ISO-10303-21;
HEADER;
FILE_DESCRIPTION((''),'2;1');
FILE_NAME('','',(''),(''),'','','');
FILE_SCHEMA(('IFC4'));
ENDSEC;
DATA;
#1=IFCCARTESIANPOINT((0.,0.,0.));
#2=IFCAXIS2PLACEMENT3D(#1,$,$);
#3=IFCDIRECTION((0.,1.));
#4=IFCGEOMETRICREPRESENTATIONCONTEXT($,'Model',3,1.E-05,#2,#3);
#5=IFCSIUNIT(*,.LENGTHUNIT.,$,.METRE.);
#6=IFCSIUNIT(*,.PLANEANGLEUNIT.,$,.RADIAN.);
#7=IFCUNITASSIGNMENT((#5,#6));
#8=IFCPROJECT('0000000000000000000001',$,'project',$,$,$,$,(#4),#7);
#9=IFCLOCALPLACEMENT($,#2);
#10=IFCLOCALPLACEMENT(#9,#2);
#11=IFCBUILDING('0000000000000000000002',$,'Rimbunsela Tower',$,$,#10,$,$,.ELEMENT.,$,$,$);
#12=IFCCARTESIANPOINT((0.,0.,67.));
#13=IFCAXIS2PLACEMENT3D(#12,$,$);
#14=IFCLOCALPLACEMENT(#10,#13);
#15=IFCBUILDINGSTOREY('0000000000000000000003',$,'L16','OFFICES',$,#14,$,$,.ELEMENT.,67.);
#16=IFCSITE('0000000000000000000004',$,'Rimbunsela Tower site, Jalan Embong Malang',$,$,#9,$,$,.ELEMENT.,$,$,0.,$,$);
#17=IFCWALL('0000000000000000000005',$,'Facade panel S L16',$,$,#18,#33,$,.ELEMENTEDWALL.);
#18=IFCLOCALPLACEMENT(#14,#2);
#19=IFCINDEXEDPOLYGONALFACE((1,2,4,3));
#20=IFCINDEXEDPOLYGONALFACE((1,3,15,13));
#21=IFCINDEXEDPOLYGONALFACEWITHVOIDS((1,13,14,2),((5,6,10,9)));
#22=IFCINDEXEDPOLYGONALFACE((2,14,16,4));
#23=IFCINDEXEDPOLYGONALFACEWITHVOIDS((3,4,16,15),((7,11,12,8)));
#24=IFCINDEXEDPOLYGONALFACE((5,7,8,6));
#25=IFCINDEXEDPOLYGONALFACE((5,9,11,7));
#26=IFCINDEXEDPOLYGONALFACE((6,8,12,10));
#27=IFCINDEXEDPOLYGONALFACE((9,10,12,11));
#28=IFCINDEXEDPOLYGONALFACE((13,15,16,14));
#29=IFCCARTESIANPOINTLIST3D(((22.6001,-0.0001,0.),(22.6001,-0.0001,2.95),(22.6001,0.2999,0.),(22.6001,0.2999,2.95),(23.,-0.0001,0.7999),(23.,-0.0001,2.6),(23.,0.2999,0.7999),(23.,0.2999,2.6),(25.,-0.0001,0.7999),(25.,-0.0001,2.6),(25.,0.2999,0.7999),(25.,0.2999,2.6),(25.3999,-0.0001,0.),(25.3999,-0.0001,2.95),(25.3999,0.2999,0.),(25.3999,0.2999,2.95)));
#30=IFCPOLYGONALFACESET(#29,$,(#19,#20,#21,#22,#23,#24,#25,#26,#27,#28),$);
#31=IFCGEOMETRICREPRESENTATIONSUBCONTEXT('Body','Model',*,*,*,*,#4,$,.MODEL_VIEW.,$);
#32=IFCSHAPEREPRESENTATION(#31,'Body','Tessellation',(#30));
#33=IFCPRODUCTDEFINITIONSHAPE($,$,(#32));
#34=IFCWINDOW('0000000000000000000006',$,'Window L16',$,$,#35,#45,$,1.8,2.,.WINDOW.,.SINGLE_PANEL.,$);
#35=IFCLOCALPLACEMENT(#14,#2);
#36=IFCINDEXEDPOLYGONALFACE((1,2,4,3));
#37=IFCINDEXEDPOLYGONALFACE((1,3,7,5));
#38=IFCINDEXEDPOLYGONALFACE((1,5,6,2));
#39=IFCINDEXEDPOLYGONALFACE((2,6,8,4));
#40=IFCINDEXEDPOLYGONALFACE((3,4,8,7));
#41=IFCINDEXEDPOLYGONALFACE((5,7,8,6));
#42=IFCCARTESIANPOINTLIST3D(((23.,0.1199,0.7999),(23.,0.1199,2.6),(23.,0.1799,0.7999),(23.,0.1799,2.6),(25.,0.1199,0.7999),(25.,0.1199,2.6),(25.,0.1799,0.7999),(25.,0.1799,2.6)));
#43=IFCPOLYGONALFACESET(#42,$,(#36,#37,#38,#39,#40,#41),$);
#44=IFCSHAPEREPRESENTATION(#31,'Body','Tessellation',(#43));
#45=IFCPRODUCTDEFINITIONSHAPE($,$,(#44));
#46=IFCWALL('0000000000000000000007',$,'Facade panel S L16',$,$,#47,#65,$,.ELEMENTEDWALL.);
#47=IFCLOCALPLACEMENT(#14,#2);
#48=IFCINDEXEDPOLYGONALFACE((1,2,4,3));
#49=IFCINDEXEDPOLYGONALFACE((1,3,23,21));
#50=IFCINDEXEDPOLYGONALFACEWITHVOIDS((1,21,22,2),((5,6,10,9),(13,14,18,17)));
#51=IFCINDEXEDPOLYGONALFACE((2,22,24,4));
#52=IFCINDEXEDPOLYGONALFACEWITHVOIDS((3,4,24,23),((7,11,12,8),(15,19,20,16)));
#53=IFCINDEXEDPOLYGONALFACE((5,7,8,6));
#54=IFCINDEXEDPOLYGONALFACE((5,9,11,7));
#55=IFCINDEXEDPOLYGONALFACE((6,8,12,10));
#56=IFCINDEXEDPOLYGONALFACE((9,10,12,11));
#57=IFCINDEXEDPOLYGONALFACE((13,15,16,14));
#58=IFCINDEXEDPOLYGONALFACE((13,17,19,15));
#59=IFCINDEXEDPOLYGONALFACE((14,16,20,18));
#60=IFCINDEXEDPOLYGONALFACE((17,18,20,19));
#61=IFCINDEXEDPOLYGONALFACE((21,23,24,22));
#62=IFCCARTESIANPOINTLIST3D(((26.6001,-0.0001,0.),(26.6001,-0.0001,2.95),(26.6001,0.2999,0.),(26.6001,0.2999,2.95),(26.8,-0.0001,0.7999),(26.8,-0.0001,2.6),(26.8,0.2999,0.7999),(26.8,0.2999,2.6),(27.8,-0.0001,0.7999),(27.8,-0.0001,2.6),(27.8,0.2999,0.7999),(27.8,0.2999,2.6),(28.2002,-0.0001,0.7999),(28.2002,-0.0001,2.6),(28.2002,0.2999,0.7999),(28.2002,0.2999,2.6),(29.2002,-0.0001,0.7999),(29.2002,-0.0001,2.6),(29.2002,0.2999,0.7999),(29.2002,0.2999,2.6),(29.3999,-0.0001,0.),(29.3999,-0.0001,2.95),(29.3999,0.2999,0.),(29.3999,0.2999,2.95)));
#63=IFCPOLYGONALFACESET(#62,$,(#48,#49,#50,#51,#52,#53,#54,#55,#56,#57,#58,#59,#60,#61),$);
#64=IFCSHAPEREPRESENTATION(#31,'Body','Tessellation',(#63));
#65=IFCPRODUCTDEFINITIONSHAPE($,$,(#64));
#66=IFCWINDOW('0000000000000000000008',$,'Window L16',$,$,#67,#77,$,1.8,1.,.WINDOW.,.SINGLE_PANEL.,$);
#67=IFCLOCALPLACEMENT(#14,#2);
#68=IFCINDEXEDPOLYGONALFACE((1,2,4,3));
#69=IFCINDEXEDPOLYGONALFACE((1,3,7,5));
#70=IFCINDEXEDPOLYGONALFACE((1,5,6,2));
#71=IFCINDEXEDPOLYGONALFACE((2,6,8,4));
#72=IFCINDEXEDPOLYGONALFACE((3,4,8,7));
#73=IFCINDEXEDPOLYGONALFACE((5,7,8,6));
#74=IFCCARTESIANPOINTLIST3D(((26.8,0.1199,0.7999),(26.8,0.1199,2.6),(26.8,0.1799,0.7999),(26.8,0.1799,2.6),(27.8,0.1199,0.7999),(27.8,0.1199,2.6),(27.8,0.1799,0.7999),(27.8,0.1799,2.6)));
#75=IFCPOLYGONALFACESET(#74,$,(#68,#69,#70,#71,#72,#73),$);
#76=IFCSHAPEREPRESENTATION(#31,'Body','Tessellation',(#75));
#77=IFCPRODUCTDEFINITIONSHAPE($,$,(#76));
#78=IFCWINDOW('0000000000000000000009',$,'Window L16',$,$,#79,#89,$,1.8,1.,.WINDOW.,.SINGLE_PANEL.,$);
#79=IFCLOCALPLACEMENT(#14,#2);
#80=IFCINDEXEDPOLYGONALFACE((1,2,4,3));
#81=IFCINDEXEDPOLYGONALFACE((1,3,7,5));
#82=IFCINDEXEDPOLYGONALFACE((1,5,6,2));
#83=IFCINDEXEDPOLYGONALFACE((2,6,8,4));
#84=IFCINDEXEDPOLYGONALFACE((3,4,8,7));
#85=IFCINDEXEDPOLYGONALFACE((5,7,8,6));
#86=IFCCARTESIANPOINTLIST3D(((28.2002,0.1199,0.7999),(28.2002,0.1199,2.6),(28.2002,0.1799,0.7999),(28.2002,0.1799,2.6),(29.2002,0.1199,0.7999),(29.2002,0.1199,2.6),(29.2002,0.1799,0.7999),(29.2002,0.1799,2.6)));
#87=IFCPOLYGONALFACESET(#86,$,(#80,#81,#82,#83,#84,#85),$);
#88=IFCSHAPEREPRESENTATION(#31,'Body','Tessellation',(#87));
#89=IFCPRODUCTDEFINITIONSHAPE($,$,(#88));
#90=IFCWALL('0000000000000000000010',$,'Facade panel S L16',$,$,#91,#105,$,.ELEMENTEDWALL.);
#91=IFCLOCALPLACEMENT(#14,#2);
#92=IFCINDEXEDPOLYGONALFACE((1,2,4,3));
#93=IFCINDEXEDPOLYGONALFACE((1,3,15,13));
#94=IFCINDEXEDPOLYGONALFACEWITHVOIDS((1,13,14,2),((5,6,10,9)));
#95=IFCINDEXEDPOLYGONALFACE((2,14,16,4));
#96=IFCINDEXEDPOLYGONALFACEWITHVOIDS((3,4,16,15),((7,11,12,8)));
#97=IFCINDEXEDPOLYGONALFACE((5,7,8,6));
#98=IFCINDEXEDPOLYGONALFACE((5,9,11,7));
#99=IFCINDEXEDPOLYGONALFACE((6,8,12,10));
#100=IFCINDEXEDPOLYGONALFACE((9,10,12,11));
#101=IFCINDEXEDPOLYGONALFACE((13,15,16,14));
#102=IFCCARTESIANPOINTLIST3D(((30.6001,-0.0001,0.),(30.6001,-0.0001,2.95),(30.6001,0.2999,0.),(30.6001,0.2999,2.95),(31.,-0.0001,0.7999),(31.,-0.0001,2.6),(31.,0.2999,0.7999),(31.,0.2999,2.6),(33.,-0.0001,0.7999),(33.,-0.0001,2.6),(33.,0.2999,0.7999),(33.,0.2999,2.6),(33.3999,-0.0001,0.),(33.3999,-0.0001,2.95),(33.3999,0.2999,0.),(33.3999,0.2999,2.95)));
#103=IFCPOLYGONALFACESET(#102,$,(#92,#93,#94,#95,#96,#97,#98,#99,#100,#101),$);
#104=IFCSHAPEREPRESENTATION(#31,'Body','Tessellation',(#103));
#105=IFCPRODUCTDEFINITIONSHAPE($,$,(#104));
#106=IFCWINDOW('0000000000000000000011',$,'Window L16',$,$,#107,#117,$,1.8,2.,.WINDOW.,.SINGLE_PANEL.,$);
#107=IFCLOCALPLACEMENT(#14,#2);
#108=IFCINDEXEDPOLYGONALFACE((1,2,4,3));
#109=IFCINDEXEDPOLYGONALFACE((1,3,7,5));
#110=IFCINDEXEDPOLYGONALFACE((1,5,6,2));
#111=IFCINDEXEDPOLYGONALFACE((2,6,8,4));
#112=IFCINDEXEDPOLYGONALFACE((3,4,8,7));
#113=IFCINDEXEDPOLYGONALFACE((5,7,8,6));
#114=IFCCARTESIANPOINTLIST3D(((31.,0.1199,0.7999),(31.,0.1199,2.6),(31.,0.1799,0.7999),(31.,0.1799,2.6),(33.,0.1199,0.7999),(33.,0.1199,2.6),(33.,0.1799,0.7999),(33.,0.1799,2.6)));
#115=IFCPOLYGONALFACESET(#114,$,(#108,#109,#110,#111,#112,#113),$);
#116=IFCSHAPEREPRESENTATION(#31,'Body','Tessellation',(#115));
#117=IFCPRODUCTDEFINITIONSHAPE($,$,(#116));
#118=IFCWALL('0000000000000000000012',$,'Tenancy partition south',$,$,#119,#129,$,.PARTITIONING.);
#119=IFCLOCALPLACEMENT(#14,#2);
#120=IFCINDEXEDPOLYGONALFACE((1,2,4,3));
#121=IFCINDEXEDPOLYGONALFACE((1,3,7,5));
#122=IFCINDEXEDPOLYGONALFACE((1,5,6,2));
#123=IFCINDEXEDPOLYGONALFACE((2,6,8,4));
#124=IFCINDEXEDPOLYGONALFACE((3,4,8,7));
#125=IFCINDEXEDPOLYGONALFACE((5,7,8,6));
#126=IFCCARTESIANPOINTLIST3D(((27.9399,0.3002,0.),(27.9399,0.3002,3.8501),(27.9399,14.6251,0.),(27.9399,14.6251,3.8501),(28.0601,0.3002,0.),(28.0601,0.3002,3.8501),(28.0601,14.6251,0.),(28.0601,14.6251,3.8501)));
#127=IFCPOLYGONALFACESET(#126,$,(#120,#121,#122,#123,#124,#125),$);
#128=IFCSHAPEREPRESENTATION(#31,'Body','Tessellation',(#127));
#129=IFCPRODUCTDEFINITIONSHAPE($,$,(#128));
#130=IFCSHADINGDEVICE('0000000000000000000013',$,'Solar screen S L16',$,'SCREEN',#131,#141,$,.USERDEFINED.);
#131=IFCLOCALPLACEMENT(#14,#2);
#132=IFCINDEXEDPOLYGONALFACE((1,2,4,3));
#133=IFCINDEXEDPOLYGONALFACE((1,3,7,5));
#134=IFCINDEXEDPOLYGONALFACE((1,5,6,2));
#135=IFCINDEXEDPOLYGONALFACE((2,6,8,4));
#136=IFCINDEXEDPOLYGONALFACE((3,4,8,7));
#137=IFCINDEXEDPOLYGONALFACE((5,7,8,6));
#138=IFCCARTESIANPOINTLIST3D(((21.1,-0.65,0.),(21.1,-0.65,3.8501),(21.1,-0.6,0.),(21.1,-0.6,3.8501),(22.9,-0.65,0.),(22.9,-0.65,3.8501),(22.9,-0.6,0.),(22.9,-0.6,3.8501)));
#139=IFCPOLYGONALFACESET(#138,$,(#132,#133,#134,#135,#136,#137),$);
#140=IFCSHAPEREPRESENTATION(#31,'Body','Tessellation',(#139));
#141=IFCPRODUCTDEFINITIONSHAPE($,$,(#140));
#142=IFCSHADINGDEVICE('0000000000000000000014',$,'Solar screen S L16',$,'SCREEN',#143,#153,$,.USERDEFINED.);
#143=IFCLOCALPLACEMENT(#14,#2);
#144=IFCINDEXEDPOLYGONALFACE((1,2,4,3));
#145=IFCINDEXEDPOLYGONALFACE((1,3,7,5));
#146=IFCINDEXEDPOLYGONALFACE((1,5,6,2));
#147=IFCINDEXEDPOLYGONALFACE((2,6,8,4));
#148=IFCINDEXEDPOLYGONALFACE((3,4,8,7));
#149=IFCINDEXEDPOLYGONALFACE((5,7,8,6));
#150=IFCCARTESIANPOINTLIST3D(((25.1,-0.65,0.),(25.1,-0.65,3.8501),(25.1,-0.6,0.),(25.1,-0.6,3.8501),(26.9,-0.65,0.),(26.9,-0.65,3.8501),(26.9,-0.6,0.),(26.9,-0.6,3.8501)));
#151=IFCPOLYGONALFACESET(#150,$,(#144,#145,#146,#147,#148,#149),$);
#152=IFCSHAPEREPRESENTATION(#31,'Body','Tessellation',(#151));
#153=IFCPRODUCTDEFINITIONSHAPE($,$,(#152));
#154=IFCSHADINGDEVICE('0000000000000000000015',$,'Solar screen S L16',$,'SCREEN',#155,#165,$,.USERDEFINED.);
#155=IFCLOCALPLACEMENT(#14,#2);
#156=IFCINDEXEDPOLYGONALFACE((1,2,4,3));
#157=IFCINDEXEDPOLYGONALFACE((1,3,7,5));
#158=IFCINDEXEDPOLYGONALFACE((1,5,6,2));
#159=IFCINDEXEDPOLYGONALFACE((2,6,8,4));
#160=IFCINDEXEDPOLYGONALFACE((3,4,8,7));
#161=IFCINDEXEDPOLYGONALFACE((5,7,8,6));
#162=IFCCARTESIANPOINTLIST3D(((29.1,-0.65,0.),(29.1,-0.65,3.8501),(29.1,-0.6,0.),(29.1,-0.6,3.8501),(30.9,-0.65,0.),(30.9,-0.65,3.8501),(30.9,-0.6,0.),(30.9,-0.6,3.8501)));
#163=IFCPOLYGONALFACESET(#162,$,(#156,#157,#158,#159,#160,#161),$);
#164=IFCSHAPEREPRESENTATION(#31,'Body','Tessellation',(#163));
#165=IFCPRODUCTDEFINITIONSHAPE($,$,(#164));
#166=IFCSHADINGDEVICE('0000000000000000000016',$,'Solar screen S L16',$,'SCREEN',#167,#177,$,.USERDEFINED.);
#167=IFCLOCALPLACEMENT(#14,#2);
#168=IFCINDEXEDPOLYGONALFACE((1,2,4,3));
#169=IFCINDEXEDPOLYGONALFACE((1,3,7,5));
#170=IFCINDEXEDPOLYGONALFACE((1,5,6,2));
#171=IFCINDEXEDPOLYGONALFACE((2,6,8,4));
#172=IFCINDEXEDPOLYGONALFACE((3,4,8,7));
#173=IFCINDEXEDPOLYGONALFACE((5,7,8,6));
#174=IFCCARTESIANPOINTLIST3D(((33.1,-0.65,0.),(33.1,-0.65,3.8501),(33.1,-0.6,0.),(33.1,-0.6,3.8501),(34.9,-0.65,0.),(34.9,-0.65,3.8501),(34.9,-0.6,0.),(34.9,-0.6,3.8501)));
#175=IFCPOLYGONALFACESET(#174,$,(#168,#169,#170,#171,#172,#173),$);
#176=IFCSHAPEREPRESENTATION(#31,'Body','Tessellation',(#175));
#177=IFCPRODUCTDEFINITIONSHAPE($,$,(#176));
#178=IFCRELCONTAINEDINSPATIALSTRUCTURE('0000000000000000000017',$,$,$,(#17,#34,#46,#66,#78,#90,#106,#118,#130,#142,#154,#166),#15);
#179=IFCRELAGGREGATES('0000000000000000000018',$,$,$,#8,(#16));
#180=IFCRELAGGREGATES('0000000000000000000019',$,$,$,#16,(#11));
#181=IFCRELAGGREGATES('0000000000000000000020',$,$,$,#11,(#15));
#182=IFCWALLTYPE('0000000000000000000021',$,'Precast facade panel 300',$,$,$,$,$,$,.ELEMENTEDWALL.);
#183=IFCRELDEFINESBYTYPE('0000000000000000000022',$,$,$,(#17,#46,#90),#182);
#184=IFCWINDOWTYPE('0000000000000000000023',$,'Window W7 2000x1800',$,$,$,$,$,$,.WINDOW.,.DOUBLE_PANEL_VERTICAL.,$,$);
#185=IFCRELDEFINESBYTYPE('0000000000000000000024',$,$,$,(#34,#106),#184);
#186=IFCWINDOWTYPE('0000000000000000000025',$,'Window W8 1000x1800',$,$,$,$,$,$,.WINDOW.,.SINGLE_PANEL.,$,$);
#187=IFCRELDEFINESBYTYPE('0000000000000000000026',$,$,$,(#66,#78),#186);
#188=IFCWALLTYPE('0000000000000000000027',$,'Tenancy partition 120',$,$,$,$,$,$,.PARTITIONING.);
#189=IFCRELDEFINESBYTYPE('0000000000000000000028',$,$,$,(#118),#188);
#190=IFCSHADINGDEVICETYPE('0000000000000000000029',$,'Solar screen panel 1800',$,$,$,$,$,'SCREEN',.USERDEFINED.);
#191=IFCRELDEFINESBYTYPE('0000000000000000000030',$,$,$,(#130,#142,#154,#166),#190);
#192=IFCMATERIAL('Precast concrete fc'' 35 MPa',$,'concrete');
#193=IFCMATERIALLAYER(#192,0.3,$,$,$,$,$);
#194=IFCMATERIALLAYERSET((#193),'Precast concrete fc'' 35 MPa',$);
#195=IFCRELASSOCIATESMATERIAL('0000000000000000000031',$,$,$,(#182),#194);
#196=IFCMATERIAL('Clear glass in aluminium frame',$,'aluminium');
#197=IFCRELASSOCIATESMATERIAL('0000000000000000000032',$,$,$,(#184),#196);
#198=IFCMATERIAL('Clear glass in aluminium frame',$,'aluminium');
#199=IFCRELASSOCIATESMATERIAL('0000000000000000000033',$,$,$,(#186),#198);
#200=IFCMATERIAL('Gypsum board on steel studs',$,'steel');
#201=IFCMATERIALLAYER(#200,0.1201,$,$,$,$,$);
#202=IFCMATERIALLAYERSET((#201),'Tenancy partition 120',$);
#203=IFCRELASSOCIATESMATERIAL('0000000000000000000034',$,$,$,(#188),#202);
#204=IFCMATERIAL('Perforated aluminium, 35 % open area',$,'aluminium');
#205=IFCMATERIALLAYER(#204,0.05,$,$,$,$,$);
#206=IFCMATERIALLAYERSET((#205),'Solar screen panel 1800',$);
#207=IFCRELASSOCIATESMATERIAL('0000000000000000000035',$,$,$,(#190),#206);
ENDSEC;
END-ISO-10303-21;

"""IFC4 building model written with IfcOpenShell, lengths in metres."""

from ifc_helpers import new_model, si_unit, direction, frame, frame_2d, origin, origin_2d, place, context, subcontext, project, spatial, rectangle, extrude, material, layer, layer_set, type_object, element, fill, save


model = new_model("IFC4")

# Units and contexts
model_context = context("Model", 3, precision=1e-05, world=origin(), true_north=direction((0.0, 1.0)))
body_context = subcontext(model_context, "Body", "Model", "MODEL_VIEW")
ifc_project = project(units=[si_unit("LENGTHUNIT", "METRE"), si_unit("PLANEANGLEUNIT", "RADIAN")], contexts=[model_context])

# Site, building, storey
site_placement = place(None, origin())
site = spatial("IfcSite", under=ifc_project, at=site_placement, Name="Rimbunsela Tower site, Jalan Embong Malang", CompositionType="ELEMENT", RefElevation=0.0)
building_placement = place(site_placement, origin())
building = spatial("IfcBuilding", under=site, at=building_placement, Name="Rimbunsela Tower", CompositionType="ELEMENT")
storey_placement = place(building_placement, frame((0.0, 0.0, 67.0)))
storey = spatial("IfcBuildingStorey", under=building, at=storey_placement, Name="L16", Description="OFFICES", CompositionType="ELEMENT", Elevation=67.0)

# Wall, opening, window
ifc_material_1 = material(Name="Precast concrete fc' 35 MPa", Category="concrete")
ifc_layer_1 = layer(ifc_material_1, 0.3)
ifc_layer_set_1 = layer_set([ifc_layer_1], Name="Precast concrete fc' 35 MPa")
wall_type_1 = type_object("IfcWallType", Name="Precast facade panel 300", PredefinedType="ELEMENTEDWALL", material=ifc_layer_set_1)
wall_1_placement = place(storey_placement, frame((22.6001, 0.1499, 0.0), z_axis=(0.0, 0.0, 1.0), x_axis=(1.0, 0.0, 0.0)))
wall_1 = element("IfcWall", 1, at=wall_1_placement, inside=storey, type_object=wall_type_1, Name="Facade panel S L16", PredefinedType="ELEMENTEDWALL", context=body_context, shape_type="SweptSolid", body=[
    extrude(rectangle(XDim=2.7998, YDim=0.3, at=frame_2d((1.3999, 0.0))), origin(), (0.0, 0.0, 1.0), 2.95),
])
opening_1_placement = place(wall_1_placement, frame((0.3999, 0.0, 0.8)))
opening_1 = element("IfcOpeningElement", 2, at=opening_1_placement, cuts=wall_1, PredefinedType="OPENING", context=body_context, shape_type="SweptSolid", body=[
    extrude(rectangle(XDim=2.0, YDim=1.8, at=frame_2d((1.0, 0.8999))), frame((0.0, 0.1599, 0.0), z_axis=(0.0, -1.0, 0.0), x_axis=(1.0, 0.0, 0.0)), (0.0, 0.0, 1.0), 0.3201),
])
ifc_material_2 = material(Name="Clear glass in aluminium frame", Category="aluminium")
window_type_1 = type_object("IfcWindowType", Name="Window W7 2000x1800", PartitioningType="DOUBLE_PANEL_VERTICAL", PredefinedType="WINDOW", material=ifc_material_2)
window_1_placement = place(opening_1_placement, origin())
window_1 = element("IfcWindow", 3, at=window_1_placement, inside=storey, type_object=window_type_1, Name="Window L16", OverallHeight=1.8, OverallWidth=2.0, PartitioningType="SINGLE_PANEL", PredefinedType="WINDOW", context=body_context, shape_type="SweptSolid", body=[
    extrude(rectangle(XDim=2.0, YDim=1.8, at=frame_2d((1.0, 0.8999))), frame((0.0, 0.03, 0.0), z_axis=(0.0, -1.0, 0.0), x_axis=(1.0, 0.0, 0.0)), (0.0, 0.0, 1.0), 0.0601),
])
fill(opening_1, window_1)

# Wall, openings, windows
wall_2_placement = place(storey_placement, frame((26.6001, 0.1499, 0.0), z_axis=(0.0, 0.0, 1.0), x_axis=(1.0, 0.0, 0.0)))
wall_2 = element("IfcWall", 4, at=wall_2_placement, inside=storey, type_object=wall_type_1, Name="Facade panel S L16", PredefinedType="ELEMENTEDWALL", context=body_context, shape_type="SweptSolid", body=[
    extrude(rectangle(XDim=2.7998, YDim=0.3, at=frame_2d((1.3999, 0.0))), origin(), (0.0, 0.0, 1.0), 2.95),
])
opening_2_placement = place(wall_2_placement, frame((0.2, 0.0, 0.8)))
opening_2 = element("IfcOpeningElement", 5, at=opening_2_placement, cuts=wall_2, PredefinedType="OPENING", context=body_context, shape_type="SweptSolid", body=[
    extrude(rectangle(XDim=1.0, YDim=1.8, at=frame_2d((0.5, 0.8999))), frame((0.0, 0.1599, 0.0), z_axis=(0.0, -1.0, 0.0), x_axis=(1.0, 0.0, 0.0)), (0.0, 0.0, 1.0), 0.3201),
])
opening_3_placement = place(wall_2_placement, frame((1.6001, 0.0, 0.8)))
opening_3 = element("IfcOpeningElement", 6, at=opening_3_placement, cuts=wall_2, PredefinedType="OPENING", context=body_context, shape_type="SweptSolid", body=[
    extrude(rectangle(XDim=1.0, YDim=1.8, at=frame_2d((0.5, 0.8999))), frame((0.0, 0.1599, 0.0), z_axis=(0.0, -1.0, 0.0), x_axis=(1.0, 0.0, 0.0)), (0.0, 0.0, 1.0), 0.3201),
])
ifc_material_3 = material(Name="Clear glass in aluminium frame", Category="aluminium")
window_type_2 = type_object("IfcWindowType", Name="Window W8 1000x1800", PartitioningType="SINGLE_PANEL", PredefinedType="WINDOW", material=ifc_material_3)
window_2_placement = place(opening_2_placement, origin())
window_2 = element("IfcWindow", 7, at=window_2_placement, inside=storey, type_object=window_type_2, Name="Window L16", OverallHeight=1.8, OverallWidth=1.0, PartitioningType="SINGLE_PANEL", PredefinedType="WINDOW", context=body_context, shape_type="SweptSolid", body=[
    extrude(rectangle(XDim=1.0, YDim=1.8, at=frame_2d((0.5, 0.8999))), frame((0.0, 0.03, 0.0), z_axis=(0.0, -1.0, 0.0), x_axis=(1.0, 0.0, 0.0)), (0.0, 0.0, 1.0), 0.0601),
])
fill(opening_2, window_2)
window_3_placement = place(opening_3_placement, origin())
window_3 = element("IfcWindow", 8, at=window_3_placement, inside=storey, type_object=window_type_2, Name="Window L16", OverallHeight=1.8, OverallWidth=1.0, PartitioningType="SINGLE_PANEL", PredefinedType="WINDOW", context=body_context, shape_type="SweptSolid", body=[
    extrude(rectangle(XDim=1.0, YDim=1.8, at=frame_2d((0.5, 0.8999))), frame((0.0, 0.03, 0.0), z_axis=(0.0, -1.0, 0.0), x_axis=(1.0, 0.0, 0.0)), (0.0, 0.0, 1.0), 0.0601),
])
fill(opening_3, window_3)

# Wall, opening, window
wall_3_placement = place(storey_placement, frame((30.6001, 0.1499, 0.0), z_axis=(0.0, 0.0, 1.0), x_axis=(1.0, 0.0, 0.0)))
wall_3 = element("IfcWall", 9, at=wall_3_placement, inside=storey, type_object=wall_type_1, Name="Facade panel S L16", PredefinedType="ELEMENTEDWALL", context=body_context, shape_type="SweptSolid", body=[
    extrude(rectangle(XDim=2.7998, YDim=0.3, at=frame_2d((1.3999, 0.0))), origin(), (0.0, 0.0, 1.0), 2.95),
])
opening_4_placement = place(wall_3_placement, frame((0.3999, 0.0, 0.8)))
opening_4 = element("IfcOpeningElement", 10, at=opening_4_placement, cuts=wall_3, PredefinedType="OPENING", context=body_context, shape_type="SweptSolid", body=[
    extrude(rectangle(XDim=2.0, YDim=1.8, at=frame_2d((1.0, 0.8999))), frame((0.0, 0.1599, 0.0), z_axis=(0.0, -1.0, 0.0), x_axis=(1.0, 0.0, 0.0)), (0.0, 0.0, 1.0), 0.3201),
])
window_4_placement = place(opening_4_placement, origin())
window_4 = element("IfcWindow", 11, at=window_4_placement, inside=storey, type_object=window_type_1, Name="Window L16", OverallHeight=1.8, OverallWidth=2.0, PartitioningType="SINGLE_PANEL", PredefinedType="WINDOW", context=body_context, shape_type="SweptSolid", body=[
    extrude(rectangle(XDim=2.0, YDim=1.8, at=frame_2d((1.0, 0.8999))), frame((0.0, 0.03, 0.0), z_axis=(0.0, -1.0, 0.0), x_axis=(1.0, 0.0, 0.0)), (0.0, 0.0, 1.0), 0.0601),
])
fill(opening_4, window_4)

# Wall
ifc_material_4 = material(Name="Gypsum board on steel studs", Category="steel")
ifc_layer_2 = layer(ifc_material_4, 0.1201)
ifc_layer_set_2 = layer_set([ifc_layer_2], Name="Tenancy partition 120")
wall_type_2 = type_object("IfcWallType", Name="Tenancy partition 120", PredefinedType="PARTITIONING", material=ifc_layer_set_2)
wall_4_placement = place(storey_placement, frame((28.0, 0.3, 0.0), z_axis=(0.0, 0.0, 1.0), x_axis=(0.0, 1.0, 0.0)))
element("IfcWall", 12, at=wall_4_placement, inside=storey, type_object=wall_type_2, Name="Tenancy partition south", PredefinedType="PARTITIONING", context=body_context, shape_type="SweptSolid", body=[
    extrude(rectangle(XDim=14.325, YDim=0.1201, at=frame_2d((7.1626, 0.0))), origin(), (0.0, 0.0, 1.0), 3.8501),
])

# Shading devices
ifc_material_5 = material(Name="Perforated aluminium, 35 % open area", Category="aluminium")
ifc_layer_3 = layer(ifc_material_5, 0.05)
ifc_layer_set_3 = layer_set([ifc_layer_3], Name="Solar screen panel 1800")
shading_device_type = type_object("IfcShadingDeviceType", Name="Solar screen panel 1800", ElementType="SCREEN", PredefinedType="USERDEFINED", material=ifc_layer_set_3)
for number, where, z_axis, x_axis, name in (
    (13, (22.0, -0.625, 0.0), (0.0, 0.0, 1.0), (1.0, 0.0, 0.0), "Solar screen S L16"),
    (14, (26.0, -0.625, 0.0), (0.0, 0.0, 1.0), (1.0, 0.0, 0.0), "Solar screen S L16"),
    (15, (30.0, -0.625, 0.0), (0.0, 0.0, 1.0), (1.0, 0.0, 0.0), "Solar screen S L16"),
    (16, (34.0, -0.625, 0.0), (0.0, 0.0, 1.0), (1.0, 0.0, 0.0), "Solar screen S L16"),
):
    element("IfcShadingDevice", number, at=place(storey_placement, frame(where, z_axis=z_axis, x_axis=x_axis)), inside=storey, type_object=shading_device_type, Name=name, ObjectType="SCREEN", PredefinedType="USERDEFINED", context=body_context, shape_type="SweptSolid", body=[
        extrude(rectangle(XDim=1.8, YDim=0.05, at=origin_2d()), origin(), (0.0, 0.0, 1.0), 3.8501),
    ])

save(model, "model.ifc")
